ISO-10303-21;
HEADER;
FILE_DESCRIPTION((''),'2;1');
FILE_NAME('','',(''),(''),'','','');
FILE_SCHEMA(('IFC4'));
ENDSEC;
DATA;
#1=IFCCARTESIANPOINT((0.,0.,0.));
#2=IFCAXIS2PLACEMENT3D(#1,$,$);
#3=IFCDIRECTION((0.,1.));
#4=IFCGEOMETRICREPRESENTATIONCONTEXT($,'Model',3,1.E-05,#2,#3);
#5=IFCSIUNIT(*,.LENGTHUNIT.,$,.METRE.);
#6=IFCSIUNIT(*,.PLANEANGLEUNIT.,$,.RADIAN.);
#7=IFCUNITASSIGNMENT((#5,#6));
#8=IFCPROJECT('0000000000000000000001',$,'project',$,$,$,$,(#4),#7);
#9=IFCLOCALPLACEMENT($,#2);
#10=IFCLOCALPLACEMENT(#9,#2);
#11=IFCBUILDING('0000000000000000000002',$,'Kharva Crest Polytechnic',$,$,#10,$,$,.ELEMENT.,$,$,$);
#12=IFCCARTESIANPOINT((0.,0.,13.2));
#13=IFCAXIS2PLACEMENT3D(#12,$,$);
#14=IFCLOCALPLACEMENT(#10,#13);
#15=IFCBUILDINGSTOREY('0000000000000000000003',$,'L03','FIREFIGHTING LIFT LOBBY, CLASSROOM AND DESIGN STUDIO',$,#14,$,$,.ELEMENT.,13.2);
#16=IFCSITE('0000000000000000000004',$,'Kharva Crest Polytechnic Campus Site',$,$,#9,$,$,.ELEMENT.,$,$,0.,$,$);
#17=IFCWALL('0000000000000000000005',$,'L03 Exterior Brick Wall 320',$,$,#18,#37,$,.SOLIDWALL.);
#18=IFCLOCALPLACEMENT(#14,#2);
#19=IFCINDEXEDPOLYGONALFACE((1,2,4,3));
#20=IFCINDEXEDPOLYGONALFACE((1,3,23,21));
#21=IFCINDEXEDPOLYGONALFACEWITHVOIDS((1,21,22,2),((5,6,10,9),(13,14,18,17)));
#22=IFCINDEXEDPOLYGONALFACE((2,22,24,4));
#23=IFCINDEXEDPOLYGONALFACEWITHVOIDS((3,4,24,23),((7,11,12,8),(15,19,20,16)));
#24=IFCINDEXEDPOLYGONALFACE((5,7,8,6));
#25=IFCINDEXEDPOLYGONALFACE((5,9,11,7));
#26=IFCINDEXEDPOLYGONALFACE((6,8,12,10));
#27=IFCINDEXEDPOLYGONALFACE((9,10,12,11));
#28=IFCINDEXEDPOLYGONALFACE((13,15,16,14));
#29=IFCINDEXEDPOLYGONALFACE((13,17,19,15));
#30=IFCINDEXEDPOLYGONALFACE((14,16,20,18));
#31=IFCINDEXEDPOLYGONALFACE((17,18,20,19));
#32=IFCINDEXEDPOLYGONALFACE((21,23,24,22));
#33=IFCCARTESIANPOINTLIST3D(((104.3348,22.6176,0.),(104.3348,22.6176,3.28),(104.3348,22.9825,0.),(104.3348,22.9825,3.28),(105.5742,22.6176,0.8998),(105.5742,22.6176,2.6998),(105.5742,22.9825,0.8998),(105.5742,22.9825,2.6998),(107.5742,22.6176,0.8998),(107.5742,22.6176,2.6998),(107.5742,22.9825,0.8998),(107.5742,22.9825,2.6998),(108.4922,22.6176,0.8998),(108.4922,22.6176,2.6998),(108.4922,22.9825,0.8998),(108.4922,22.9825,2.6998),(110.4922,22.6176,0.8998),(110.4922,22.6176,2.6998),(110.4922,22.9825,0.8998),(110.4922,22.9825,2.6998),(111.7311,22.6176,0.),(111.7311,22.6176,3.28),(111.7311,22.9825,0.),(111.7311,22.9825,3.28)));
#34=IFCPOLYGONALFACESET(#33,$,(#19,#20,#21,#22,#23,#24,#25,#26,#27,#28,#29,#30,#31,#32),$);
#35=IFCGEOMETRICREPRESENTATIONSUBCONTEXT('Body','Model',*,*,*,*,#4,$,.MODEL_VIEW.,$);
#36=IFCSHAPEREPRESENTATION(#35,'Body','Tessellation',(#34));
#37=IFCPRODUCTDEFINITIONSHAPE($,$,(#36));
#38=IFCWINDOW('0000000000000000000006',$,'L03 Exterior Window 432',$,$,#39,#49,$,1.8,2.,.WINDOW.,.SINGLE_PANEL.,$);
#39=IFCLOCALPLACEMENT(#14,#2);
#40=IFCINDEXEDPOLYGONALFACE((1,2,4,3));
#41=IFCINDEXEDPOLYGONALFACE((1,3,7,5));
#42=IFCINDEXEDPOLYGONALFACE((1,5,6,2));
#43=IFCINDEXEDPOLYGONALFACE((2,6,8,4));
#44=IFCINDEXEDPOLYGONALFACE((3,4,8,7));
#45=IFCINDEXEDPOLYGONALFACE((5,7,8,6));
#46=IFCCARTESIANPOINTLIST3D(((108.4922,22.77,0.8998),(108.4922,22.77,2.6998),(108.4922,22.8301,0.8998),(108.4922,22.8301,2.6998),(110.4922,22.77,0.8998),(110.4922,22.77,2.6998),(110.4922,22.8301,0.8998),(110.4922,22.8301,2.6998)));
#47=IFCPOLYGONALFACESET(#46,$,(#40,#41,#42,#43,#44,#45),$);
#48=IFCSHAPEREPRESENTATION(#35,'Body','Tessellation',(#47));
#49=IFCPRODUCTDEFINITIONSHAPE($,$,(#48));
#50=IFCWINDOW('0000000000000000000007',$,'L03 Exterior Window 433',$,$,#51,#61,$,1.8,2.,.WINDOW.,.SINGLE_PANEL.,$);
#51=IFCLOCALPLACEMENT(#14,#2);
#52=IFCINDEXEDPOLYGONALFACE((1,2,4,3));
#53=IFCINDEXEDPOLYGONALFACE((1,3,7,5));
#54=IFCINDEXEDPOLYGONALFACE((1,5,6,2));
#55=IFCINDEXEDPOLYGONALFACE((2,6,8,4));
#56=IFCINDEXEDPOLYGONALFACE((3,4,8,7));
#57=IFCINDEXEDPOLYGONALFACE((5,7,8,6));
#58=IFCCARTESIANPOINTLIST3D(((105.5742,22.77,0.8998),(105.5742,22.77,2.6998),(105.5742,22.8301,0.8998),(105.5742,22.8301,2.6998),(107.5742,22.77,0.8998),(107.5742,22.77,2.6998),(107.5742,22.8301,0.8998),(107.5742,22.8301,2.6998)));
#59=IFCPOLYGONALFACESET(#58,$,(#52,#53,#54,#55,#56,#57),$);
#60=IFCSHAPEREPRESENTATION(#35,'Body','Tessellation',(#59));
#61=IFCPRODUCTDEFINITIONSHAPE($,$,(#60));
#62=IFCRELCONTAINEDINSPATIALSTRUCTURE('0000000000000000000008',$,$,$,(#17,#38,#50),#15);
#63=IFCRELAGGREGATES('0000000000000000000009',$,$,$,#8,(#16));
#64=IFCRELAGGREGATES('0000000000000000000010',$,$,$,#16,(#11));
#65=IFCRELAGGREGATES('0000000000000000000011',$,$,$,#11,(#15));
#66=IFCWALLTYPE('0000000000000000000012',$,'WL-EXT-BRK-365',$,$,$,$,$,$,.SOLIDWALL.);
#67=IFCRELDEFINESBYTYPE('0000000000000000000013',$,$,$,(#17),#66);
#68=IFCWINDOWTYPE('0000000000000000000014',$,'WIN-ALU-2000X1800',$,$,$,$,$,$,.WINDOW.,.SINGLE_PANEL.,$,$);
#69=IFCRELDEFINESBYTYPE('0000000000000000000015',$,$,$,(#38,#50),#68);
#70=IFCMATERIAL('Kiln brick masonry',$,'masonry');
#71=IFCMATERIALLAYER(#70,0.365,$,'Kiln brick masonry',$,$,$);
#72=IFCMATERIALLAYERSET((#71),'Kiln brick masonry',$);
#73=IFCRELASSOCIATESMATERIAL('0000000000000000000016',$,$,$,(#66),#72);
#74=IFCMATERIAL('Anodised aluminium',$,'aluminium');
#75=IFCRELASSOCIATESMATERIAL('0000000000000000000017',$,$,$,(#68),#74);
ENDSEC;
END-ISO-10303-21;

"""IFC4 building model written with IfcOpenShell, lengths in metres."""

from ifc_helpers import new_model, si_unit, direction, frame, frame_2d, origin, place, context, subcontext, project, spatial, rectangle, extrude, material, layer, layer_set, type_object, element, fill, save


model = new_model("IFC4")

# Units and contexts
model_context = context("Model", 3, precision=1e-05, world=origin(), true_north=direction((0.0, 1.0)))
body_context = subcontext(model_context, "Body", "Model", "MODEL_VIEW")
ifc_project = project(units=[si_unit("LENGTHUNIT", "METRE"), si_unit("PLANEANGLEUNIT", "RADIAN")], contexts=[model_context])

# Site, building, storey
site_placement = place(None, origin())
site = spatial("IfcSite", under=ifc_project, at=site_placement, Name="Kharva Crest Polytechnic Campus Site", CompositionType="ELEMENT", RefElevation=0.0)
building_placement = place(site_placement, origin())
building = spatial("IfcBuilding", under=site, at=building_placement, Name="Kharva Crest Polytechnic", CompositionType="ELEMENT")
storey_placement = place(building_placement, frame((0.0, 0.0, 13.2)))
storey = spatial("IfcBuildingStorey", under=building, at=storey_placement, Name="L03", Description="FIREFIGHTING LIFT LOBBY, CLASSROOM AND DESIGN STUDIO", CompositionType="ELEMENT", Elevation=13.2)

# Wall, openings, windows
ifc_material_1 = material(Name="Kiln brick masonry", Category="masonry")
ifc_layer_1 = layer(ifc_material_1, 0.365, Name="Kiln brick masonry")
ifc_layer_set_1 = layer_set([ifc_layer_1], Name="Kiln brick masonry")
wall_type = type_object("IfcWallType", Name="WL-EXT-BRK-365", PredefinedType="SOLIDWALL", material=ifc_layer_set_1)
wall_placement = place(storey_placement, frame((111.7312, 22.8, 0.0), z_axis=(0.0, 0.0, 1.0), x_axis=(-1.0, 0.0, 0.0)))
wall = element("IfcWall", 1, at=wall_placement, inside=storey, type_object=wall_type, Name="L03 Exterior Brick Wall 320", PredefinedType="SOLIDWALL", context=body_context, shape_type="SweptSolid", body=[
    extrude(rectangle(XDim=7.3962, YDim=0.365, at=frame_2d((3.6982, 0.0))), origin(), (0.0, 0.0, 1.0), 3.28),
])
opening_1_placement = place(wall_placement, frame((1.239, 0.0, 0.8999)))
opening_1 = element("IfcOpeningElement", 2, at=opening_1_placement, cuts=wall, PredefinedType="OPENING", context=body_context, shape_type="SweptSolid", body=[
    extrude(rectangle(XDim=2.0, YDim=1.8, at=frame_2d((1.0, 0.8999))), frame((0.0, 0.1924, 0.0), z_axis=(0.0, -1.0, 0.0), x_axis=(1.0, 0.0, 0.0)), (0.0, 0.0, 1.0), 0.385),
])
opening_2_placement = place(wall_placement, frame((4.157, 0.0, 0.8999)))
opening_2 = element("IfcOpeningElement", 3, at=opening_2_placement, cuts=wall, PredefinedType="OPENING", context=body_context, shape_type="SweptSolid", body=[
    extrude(rectangle(XDim=2.0, YDim=1.8, at=frame_2d((1.0, 0.8999))), frame((0.0, 0.1924, 0.0), z_axis=(0.0, -1.0, 0.0), x_axis=(1.0, 0.0, 0.0)), (0.0, 0.0, 1.0), 0.385),
])
ifc_material_2 = material(Name="Anodised aluminium", Category="aluminium")
window_type = type_object("IfcWindowType", Name="WIN-ALU-2000X1800", PartitioningType="SINGLE_PANEL", PredefinedType="WINDOW", material=ifc_material_2)
window_1_placement = place(opening_1_placement, origin())
window_1 = element("IfcWindow", 4, at=window_1_placement, inside=storey, type_object=window_type, Name="L03 Exterior Window 432", OverallHeight=1.8, OverallWidth=2.0, PartitioningType="SINGLE_PANEL", PredefinedType="WINDOW", context=body_context, shape_type="SweptSolid", body=[
    extrude(rectangle(XDim=2.0, YDim=1.8, at=frame_2d((1.0, 0.8999))), frame((0.0, 0.03, 0.0), z_axis=(0.0, -1.0, 0.0), x_axis=(1.0, 0.0, 0.0)), (0.0, 0.0, 1.0), 0.0601),
])
fill(opening_1, window_1)
window_2_placement = place(opening_2_placement, origin())
window_2 = element("IfcWindow", 5, at=window_2_placement, inside=storey, type_object=window_type, Name="L03 Exterior Window 433", OverallHeight=1.8, OverallWidth=2.0, PartitioningType="SINGLE_PANEL", PredefinedType="WINDOW", context=body_context, shape_type="SweptSolid", body=[
    extrude(rectangle(XDim=2.0, YDim=1.8, at=frame_2d((1.0, 0.8999))), frame((0.0, 0.03, 0.0), z_axis=(0.0, -1.0, 0.0), x_axis=(1.0, 0.0, 0.0)), (0.0, 0.0, 1.0), 0.0601),
])
fill(opening_2, window_2)

save(model, "model.ifc")
